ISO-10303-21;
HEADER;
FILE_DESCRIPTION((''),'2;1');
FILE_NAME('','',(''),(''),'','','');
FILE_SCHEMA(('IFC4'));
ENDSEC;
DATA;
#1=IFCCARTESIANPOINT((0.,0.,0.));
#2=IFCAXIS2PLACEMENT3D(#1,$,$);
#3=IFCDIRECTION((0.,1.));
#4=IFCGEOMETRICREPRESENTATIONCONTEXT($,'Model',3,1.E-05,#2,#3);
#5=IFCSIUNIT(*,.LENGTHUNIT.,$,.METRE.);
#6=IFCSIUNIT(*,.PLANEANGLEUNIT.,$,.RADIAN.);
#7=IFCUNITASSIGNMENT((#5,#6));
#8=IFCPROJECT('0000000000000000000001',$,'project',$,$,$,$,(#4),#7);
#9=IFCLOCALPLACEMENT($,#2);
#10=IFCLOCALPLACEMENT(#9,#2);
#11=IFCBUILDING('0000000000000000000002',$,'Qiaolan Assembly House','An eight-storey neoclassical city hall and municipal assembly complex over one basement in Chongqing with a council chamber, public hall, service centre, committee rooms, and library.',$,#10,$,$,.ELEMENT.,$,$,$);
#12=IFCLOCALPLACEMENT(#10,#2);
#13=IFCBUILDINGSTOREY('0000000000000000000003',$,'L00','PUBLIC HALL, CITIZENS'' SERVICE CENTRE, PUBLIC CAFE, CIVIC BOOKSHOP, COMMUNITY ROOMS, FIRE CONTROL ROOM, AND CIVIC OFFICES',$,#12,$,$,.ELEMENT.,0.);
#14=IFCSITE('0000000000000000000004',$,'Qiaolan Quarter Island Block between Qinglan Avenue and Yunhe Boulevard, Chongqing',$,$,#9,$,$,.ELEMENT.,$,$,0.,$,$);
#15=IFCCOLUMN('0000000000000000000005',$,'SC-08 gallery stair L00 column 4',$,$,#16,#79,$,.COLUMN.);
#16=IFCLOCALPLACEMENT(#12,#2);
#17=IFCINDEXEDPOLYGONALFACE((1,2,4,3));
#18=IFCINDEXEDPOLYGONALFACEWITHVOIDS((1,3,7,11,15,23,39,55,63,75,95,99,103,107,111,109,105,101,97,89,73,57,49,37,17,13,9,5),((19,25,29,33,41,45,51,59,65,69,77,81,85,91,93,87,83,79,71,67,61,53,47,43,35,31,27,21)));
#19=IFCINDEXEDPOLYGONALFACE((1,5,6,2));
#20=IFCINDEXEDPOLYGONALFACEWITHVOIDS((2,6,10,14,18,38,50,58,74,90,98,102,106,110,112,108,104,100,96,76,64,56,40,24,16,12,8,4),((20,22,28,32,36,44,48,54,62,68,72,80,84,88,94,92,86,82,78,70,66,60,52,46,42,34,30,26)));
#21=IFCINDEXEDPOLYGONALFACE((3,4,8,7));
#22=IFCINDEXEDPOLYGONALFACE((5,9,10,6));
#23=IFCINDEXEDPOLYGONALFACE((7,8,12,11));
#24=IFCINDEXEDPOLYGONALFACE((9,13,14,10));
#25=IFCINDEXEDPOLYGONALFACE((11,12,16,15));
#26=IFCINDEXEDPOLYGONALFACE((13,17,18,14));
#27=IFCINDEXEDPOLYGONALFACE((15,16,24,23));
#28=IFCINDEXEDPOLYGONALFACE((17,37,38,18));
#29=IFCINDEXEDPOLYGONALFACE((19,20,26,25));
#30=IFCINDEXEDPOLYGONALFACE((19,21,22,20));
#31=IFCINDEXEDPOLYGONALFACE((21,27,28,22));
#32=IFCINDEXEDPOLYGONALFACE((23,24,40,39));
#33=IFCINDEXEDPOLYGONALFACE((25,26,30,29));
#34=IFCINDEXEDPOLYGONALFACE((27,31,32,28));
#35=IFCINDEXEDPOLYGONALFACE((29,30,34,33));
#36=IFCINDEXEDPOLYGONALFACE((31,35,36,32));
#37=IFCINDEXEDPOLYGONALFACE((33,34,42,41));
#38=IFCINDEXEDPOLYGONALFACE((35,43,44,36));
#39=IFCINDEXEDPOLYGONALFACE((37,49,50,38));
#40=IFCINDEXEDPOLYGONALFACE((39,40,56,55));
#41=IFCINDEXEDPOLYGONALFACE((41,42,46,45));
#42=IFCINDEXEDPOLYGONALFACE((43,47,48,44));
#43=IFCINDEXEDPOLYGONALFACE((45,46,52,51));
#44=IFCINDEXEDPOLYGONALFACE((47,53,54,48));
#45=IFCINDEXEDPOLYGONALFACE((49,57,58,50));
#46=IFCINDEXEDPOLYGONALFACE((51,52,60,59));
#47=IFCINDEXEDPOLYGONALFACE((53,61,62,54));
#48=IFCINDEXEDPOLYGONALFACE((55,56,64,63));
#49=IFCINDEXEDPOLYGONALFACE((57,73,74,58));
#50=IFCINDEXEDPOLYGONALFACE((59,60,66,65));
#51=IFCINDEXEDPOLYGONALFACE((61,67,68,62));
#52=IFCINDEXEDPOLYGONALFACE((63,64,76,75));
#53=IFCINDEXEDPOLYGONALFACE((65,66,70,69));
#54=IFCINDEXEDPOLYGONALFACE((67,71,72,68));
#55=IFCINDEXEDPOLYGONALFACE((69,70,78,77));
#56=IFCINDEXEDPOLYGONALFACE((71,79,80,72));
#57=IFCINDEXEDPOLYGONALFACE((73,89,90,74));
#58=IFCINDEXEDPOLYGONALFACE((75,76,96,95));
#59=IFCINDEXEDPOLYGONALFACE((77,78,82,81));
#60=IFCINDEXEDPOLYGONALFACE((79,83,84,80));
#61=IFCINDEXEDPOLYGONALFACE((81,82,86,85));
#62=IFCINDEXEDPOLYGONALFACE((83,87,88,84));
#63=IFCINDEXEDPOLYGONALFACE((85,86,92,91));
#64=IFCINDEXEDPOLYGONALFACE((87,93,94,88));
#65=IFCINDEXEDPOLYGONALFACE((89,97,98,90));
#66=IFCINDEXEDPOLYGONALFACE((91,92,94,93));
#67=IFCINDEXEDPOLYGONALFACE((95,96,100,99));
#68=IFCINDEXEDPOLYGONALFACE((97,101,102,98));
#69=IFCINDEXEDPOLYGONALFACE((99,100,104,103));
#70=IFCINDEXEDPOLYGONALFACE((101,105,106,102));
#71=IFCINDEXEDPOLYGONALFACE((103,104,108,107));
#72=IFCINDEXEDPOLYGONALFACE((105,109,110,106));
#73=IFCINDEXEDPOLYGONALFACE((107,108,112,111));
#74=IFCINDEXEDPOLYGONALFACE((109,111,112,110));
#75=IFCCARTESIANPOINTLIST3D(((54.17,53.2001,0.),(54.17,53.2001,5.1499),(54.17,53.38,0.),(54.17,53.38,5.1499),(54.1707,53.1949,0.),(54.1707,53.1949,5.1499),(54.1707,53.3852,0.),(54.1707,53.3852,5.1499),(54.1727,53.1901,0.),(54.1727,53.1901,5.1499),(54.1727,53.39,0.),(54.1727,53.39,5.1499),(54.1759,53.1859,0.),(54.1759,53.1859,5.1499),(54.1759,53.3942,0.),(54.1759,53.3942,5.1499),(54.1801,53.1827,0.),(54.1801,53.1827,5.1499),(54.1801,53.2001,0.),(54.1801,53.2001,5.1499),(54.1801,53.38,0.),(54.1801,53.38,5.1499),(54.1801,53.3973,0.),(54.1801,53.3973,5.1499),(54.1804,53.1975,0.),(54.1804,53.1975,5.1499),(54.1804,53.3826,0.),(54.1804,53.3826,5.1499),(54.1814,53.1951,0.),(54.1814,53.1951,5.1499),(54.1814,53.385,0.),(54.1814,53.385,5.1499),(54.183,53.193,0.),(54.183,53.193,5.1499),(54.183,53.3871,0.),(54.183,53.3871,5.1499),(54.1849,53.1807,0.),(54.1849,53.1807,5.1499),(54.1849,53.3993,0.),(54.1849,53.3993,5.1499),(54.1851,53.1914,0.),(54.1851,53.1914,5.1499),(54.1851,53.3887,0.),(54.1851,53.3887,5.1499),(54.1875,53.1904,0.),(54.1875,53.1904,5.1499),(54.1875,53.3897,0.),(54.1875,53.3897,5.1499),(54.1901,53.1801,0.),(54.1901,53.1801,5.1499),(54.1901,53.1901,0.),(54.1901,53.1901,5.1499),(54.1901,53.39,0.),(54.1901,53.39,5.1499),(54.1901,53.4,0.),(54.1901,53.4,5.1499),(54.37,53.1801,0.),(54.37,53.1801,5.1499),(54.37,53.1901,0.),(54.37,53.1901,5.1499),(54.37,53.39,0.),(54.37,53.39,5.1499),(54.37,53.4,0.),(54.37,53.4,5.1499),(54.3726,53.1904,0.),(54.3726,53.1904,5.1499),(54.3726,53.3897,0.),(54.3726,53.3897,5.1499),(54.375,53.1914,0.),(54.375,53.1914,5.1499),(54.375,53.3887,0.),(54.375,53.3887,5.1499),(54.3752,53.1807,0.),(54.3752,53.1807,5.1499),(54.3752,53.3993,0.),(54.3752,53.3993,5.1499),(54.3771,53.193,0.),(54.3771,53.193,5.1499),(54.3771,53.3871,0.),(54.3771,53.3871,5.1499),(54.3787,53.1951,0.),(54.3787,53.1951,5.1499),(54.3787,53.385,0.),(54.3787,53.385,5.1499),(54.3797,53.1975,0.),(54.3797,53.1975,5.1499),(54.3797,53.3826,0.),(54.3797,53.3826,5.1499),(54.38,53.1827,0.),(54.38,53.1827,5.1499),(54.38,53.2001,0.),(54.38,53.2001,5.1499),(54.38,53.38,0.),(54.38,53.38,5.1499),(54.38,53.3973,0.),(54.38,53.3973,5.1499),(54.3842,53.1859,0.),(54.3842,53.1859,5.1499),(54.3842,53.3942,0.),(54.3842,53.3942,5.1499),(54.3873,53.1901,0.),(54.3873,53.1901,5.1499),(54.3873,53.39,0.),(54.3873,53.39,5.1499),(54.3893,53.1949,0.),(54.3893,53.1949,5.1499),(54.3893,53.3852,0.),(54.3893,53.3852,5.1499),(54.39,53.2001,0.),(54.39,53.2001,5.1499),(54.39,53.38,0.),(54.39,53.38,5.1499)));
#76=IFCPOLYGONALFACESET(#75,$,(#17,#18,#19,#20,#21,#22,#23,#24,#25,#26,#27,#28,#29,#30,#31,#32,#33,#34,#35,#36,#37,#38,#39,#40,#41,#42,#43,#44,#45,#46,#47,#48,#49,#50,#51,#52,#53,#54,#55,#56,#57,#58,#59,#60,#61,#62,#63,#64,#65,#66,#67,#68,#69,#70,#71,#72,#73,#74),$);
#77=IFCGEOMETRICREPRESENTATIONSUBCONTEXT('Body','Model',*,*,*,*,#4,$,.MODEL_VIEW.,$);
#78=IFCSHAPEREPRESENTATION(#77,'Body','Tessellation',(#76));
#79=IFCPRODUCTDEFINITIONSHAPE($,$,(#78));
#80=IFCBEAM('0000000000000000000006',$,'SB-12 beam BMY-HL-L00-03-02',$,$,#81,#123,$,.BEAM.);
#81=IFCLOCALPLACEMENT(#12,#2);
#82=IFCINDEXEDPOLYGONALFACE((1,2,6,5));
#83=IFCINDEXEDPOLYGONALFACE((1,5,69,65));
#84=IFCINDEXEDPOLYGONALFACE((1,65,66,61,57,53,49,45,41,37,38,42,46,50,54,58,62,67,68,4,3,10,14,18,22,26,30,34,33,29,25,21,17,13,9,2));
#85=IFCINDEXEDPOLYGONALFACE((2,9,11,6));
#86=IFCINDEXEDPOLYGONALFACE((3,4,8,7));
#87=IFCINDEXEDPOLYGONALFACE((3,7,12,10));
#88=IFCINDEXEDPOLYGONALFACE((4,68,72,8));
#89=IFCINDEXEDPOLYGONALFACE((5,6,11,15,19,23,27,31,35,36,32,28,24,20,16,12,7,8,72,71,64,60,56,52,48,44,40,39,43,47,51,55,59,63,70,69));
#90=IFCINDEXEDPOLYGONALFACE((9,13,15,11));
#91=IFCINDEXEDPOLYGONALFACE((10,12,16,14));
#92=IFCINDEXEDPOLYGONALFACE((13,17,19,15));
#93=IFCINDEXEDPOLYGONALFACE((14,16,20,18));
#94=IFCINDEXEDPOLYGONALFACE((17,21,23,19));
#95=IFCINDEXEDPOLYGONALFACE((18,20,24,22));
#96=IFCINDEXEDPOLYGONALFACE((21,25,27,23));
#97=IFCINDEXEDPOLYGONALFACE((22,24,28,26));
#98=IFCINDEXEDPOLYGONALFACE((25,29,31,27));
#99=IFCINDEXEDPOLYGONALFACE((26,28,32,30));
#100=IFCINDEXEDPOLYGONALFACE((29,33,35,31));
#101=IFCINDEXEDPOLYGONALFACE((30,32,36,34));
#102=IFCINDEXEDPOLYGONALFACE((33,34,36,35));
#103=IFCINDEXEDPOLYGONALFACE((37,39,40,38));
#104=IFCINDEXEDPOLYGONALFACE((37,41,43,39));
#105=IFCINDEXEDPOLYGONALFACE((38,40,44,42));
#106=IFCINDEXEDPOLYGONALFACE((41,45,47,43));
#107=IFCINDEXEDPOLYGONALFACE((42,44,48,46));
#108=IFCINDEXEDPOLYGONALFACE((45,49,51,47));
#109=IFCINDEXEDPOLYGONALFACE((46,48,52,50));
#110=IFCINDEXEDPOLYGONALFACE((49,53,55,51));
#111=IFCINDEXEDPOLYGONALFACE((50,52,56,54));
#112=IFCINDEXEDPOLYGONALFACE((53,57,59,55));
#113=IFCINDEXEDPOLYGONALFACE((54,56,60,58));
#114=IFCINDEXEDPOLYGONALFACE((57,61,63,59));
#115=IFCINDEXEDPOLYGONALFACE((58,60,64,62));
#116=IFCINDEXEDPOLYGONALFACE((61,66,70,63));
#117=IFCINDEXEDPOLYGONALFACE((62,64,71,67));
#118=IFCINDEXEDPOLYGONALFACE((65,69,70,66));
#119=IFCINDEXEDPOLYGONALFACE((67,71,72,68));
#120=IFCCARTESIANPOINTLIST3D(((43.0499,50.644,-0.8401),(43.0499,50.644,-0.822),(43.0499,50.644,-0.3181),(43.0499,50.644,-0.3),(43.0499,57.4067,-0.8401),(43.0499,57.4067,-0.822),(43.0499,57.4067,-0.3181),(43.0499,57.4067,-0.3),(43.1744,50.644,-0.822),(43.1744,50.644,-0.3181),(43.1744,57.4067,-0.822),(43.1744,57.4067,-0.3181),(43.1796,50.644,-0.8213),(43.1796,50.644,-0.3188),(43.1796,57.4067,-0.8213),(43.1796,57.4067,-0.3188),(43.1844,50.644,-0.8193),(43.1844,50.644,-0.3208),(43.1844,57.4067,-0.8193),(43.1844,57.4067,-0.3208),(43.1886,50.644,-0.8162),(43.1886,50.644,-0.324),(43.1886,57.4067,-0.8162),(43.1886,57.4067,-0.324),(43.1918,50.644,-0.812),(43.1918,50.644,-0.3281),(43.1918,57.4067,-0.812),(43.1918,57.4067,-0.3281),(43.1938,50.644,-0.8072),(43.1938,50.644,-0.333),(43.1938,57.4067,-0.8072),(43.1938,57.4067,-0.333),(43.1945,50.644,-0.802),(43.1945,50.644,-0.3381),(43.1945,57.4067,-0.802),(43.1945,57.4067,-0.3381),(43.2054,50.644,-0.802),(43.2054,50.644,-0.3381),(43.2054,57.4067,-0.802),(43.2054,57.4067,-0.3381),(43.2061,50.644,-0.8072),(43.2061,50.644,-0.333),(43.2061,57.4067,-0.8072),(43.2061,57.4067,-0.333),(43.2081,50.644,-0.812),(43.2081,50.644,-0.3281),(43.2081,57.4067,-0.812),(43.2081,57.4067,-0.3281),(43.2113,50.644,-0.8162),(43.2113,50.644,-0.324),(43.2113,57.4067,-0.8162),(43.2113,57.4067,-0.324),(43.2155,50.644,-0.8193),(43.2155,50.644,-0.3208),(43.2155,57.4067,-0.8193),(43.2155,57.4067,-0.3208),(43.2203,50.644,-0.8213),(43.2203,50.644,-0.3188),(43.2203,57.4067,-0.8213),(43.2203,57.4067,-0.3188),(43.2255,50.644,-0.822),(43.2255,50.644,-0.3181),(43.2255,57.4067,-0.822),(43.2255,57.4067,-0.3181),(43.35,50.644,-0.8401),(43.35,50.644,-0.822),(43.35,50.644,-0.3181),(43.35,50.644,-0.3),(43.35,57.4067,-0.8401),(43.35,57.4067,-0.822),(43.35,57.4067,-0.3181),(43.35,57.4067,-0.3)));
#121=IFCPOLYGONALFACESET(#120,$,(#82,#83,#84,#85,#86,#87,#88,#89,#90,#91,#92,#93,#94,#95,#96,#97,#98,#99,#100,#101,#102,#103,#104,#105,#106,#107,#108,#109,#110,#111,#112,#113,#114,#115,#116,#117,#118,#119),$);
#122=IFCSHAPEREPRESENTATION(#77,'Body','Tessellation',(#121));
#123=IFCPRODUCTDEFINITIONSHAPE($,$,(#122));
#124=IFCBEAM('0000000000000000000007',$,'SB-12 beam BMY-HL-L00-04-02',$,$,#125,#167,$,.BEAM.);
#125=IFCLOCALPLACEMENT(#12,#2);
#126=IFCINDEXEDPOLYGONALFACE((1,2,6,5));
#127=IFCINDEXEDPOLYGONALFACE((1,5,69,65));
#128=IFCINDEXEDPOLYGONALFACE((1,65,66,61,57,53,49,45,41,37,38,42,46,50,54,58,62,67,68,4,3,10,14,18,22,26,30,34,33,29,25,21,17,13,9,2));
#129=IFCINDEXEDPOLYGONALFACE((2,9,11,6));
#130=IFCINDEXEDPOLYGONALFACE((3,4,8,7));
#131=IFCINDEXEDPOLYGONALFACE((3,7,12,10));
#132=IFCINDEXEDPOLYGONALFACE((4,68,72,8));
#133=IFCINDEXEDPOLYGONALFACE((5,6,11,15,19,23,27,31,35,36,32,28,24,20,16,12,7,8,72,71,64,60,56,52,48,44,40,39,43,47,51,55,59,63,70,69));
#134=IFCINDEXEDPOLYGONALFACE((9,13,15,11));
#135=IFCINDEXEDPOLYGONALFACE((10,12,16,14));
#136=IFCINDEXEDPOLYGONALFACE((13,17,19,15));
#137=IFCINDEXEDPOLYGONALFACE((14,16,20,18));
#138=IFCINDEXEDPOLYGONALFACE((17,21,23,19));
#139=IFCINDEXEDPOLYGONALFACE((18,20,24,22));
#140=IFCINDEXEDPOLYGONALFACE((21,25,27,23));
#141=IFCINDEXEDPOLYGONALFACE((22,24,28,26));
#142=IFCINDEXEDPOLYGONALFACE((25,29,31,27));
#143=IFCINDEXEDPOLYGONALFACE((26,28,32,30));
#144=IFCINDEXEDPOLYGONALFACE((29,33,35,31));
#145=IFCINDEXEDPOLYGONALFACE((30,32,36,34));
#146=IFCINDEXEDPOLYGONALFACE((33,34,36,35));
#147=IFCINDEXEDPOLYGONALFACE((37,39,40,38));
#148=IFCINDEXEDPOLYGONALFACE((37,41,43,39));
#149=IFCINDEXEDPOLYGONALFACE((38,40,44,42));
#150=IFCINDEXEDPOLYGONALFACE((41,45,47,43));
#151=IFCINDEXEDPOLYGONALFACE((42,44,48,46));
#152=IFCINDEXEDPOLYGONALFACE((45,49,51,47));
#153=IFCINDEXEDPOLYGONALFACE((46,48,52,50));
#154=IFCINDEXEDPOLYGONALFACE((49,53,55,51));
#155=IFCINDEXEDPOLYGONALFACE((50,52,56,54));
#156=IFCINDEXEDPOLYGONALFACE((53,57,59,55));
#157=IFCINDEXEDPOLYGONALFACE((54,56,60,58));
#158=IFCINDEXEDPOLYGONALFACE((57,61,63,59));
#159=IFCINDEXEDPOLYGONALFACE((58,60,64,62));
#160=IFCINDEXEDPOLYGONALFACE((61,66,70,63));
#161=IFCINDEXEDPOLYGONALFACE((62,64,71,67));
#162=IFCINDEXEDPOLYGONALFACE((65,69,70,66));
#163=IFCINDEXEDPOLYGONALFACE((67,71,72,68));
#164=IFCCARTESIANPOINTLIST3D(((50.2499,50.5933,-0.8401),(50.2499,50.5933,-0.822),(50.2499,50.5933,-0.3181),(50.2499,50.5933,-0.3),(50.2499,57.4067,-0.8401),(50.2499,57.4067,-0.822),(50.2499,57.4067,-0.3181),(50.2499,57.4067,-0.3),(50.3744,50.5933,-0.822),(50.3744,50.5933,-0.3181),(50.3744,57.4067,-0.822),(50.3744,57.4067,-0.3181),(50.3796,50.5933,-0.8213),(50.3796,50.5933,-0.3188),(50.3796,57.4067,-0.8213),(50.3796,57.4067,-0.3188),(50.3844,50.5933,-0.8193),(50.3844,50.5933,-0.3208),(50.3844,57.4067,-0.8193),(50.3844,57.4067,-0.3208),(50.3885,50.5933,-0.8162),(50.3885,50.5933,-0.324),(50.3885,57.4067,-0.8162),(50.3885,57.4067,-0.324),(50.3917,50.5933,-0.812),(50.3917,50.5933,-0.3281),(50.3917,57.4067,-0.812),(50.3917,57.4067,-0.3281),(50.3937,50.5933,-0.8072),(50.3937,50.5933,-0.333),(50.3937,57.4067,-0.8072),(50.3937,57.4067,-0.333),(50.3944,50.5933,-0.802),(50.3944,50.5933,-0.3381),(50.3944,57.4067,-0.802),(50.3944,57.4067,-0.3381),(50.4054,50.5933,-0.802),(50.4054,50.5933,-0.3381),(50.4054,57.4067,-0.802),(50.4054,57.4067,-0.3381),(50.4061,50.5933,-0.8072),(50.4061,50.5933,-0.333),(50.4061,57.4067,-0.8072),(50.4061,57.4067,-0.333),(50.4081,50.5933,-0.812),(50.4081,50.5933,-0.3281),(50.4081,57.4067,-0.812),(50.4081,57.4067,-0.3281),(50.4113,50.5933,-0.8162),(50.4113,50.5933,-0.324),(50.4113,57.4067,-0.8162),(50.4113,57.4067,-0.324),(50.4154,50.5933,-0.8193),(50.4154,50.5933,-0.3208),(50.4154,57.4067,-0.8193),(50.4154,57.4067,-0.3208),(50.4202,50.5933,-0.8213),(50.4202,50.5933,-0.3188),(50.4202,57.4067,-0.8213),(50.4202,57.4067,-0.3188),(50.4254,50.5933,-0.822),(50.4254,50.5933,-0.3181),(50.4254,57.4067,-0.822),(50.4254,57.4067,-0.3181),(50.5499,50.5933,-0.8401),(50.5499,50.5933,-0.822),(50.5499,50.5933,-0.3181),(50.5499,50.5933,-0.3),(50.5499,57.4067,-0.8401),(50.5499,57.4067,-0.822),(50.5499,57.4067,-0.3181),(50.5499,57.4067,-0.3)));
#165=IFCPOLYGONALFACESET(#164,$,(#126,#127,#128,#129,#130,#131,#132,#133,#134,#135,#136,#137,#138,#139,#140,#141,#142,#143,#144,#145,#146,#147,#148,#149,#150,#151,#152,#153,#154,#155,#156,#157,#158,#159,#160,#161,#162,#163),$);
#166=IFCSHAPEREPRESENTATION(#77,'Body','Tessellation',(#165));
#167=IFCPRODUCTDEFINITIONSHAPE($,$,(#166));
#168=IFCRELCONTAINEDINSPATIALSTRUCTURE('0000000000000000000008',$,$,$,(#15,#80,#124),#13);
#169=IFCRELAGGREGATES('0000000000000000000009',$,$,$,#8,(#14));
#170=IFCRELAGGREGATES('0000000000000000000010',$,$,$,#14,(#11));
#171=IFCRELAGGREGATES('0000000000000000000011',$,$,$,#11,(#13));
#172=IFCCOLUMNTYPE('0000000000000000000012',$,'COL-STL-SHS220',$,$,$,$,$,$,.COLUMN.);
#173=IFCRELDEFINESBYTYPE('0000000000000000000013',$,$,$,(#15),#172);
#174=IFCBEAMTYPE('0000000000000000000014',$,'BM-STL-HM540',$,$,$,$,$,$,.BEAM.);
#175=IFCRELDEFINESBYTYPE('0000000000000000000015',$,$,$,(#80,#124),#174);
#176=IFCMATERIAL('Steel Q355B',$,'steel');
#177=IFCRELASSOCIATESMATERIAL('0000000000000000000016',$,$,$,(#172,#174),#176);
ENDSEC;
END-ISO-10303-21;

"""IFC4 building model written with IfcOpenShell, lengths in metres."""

from ifc_helpers import new_model, si_unit, direction, frame, origin, origin_2d, place, context, subcontext, project, spatial, hollow_rectangle, i_section, extrude, material, material_profile, profile_set, type_object, element, save


model = new_model("IFC4")

# Units and contexts
model_context = context("Model", 3, precision=1e-05, world=origin(), true_north=direction((0.0, 1.0)))
body_context = subcontext(model_context, "Body", "Model", "MODEL_VIEW")
ifc_project = project(units=[si_unit("LENGTHUNIT", "METRE"), si_unit("PLANEANGLEUNIT", "RADIAN")], contexts=[model_context])

# Site, building, storey
site_placement = place(None, origin())
site = spatial("IfcSite", under=ifc_project, at=site_placement, Name="Qiaolan Quarter Island Block between Qinglan Avenue and Yunhe Boulevard, Chongqing", CompositionType="ELEMENT", RefElevation=0.0)
building_placement = place(site_placement, origin())
building = spatial("IfcBuilding", under=site, at=building_placement, Name="Qiaolan Assembly House", Description="An eight-storey neoclassical city hall and municipal assembly complex over one basement in Chongqing with a council chamber, public hall, service centre, committee rooms, and library.", CompositionType="ELEMENT")
storey_placement = place(building_placement, origin())
storey = spatial("IfcBuildingStorey", under=building, at=storey_placement, Name="L00", Description="PUBLIC HALL, CITIZENS' SERVICE CENTRE, PUBLIC CAFE, CIVIC BOOKSHOP, COMMUNITY ROOMS, FIRE CONTROL ROOM, AND CIVIC OFFICES", CompositionType="ELEMENT", Elevation=0.0)

# Column
ifc_material_1 = material(Name="Steel Q355B", Category="steel")
ifc_material_profile_1 = material_profile(ifc_material_1, hollow_rectangle(XDim=0.22, YDim=0.22, WallThickness=0.01, InnerFilletRadius=0.01, OuterFilletRadius=0.02, at=origin_2d()), Name="SHS 220x220x10")
ifc_profile_set_1 = profile_set([ifc_material_profile_1], Name="Steel Q355B")
column_type_1 = type_object("IfcColumnType", Name="COL-STL-SHS220", PredefinedType="COLUMN", material=ifc_profile_set_1)
for number, where, z_axis, x_axis, name in (
    (1, (54.28, 53.29, 0.0), (0.0, 0.0, 1.0), (1.0, 0.0, 0.0), "SC-08 gallery stair L00 column 4"),
):
    element("IfcColumn", number, at=place(storey_placement, frame(where, z_axis=z_axis, x_axis=x_axis)), inside=storey, type_object=column_type_1, Name=name, PredefinedType="COLUMN", context=body_context, shape_type="SweptSolid", body=[
        extrude(hollow_rectangle(XDim=0.22, YDim=0.22, WallThickness=0.01, InnerFilletRadius=0.01, OuterFilletRadius=0.02, at=origin_2d()), origin(), (0.0, 0.0, 1.0), 5.1499),
    ])

# Beams
ifc_material_profile_2 = material_profile(ifc_material_1, i_section(OverallWidth=0.3, OverallDepth=0.54, WebThickness=0.011, FlangeThickness=0.0181, FilletRadius=0.02, at=origin_2d()), Name="HM 540x300x11x18")
ifc_profile_set_2 = profile_set([ifc_material_profile_2], Name="Steel Q355B")
beam_type_1 = type_object("IfcBeamType", Name="BM-STL-HM540", PredefinedType="BEAM", material=ifc_profile_set_2)
beam_1_placement = place(storey_placement, frame((43.2, 50.644, -0.5701), z_axis=(0.0, 1.0, 0.0), x_axis=(-1.0, 0.0, 0.0)))
element("IfcBeam", 2, at=beam_1_placement, inside=storey, type_object=beam_type_1, Name="SB-12 beam BMY-HL-L00-03-02", PredefinedType="BEAM", context=body_context, shape_type="SweptSolid", body=[
    extrude(i_section(OverallWidth=0.3, OverallDepth=0.54, WebThickness=0.011, FlangeThickness=0.0181, FilletRadius=0.02, at=origin_2d()), origin(), (0.0, 0.0, 1.0), 6.7627),
])
beam_2_placement = place(storey_placement, frame((50.3999, 50.5933, -0.5701), z_axis=(0.0, 1.0, 0.0), x_axis=(-1.0, 0.0, 0.0)))
element("IfcBeam", 3, at=beam_2_placement, inside=storey, type_object=beam_type_1, Name="SB-12 beam BMY-HL-L00-04-02", PredefinedType="BEAM", context=body_context, shape_type="SweptSolid", body=[
    extrude(i_section(OverallWidth=0.3, OverallDepth=0.54, WebThickness=0.011, FlangeThickness=0.0181, FilletRadius=0.02, at=origin_2d()), origin(), (0.0, 0.0, 1.0), 6.8135),
])

save(model, "model.ifc")
